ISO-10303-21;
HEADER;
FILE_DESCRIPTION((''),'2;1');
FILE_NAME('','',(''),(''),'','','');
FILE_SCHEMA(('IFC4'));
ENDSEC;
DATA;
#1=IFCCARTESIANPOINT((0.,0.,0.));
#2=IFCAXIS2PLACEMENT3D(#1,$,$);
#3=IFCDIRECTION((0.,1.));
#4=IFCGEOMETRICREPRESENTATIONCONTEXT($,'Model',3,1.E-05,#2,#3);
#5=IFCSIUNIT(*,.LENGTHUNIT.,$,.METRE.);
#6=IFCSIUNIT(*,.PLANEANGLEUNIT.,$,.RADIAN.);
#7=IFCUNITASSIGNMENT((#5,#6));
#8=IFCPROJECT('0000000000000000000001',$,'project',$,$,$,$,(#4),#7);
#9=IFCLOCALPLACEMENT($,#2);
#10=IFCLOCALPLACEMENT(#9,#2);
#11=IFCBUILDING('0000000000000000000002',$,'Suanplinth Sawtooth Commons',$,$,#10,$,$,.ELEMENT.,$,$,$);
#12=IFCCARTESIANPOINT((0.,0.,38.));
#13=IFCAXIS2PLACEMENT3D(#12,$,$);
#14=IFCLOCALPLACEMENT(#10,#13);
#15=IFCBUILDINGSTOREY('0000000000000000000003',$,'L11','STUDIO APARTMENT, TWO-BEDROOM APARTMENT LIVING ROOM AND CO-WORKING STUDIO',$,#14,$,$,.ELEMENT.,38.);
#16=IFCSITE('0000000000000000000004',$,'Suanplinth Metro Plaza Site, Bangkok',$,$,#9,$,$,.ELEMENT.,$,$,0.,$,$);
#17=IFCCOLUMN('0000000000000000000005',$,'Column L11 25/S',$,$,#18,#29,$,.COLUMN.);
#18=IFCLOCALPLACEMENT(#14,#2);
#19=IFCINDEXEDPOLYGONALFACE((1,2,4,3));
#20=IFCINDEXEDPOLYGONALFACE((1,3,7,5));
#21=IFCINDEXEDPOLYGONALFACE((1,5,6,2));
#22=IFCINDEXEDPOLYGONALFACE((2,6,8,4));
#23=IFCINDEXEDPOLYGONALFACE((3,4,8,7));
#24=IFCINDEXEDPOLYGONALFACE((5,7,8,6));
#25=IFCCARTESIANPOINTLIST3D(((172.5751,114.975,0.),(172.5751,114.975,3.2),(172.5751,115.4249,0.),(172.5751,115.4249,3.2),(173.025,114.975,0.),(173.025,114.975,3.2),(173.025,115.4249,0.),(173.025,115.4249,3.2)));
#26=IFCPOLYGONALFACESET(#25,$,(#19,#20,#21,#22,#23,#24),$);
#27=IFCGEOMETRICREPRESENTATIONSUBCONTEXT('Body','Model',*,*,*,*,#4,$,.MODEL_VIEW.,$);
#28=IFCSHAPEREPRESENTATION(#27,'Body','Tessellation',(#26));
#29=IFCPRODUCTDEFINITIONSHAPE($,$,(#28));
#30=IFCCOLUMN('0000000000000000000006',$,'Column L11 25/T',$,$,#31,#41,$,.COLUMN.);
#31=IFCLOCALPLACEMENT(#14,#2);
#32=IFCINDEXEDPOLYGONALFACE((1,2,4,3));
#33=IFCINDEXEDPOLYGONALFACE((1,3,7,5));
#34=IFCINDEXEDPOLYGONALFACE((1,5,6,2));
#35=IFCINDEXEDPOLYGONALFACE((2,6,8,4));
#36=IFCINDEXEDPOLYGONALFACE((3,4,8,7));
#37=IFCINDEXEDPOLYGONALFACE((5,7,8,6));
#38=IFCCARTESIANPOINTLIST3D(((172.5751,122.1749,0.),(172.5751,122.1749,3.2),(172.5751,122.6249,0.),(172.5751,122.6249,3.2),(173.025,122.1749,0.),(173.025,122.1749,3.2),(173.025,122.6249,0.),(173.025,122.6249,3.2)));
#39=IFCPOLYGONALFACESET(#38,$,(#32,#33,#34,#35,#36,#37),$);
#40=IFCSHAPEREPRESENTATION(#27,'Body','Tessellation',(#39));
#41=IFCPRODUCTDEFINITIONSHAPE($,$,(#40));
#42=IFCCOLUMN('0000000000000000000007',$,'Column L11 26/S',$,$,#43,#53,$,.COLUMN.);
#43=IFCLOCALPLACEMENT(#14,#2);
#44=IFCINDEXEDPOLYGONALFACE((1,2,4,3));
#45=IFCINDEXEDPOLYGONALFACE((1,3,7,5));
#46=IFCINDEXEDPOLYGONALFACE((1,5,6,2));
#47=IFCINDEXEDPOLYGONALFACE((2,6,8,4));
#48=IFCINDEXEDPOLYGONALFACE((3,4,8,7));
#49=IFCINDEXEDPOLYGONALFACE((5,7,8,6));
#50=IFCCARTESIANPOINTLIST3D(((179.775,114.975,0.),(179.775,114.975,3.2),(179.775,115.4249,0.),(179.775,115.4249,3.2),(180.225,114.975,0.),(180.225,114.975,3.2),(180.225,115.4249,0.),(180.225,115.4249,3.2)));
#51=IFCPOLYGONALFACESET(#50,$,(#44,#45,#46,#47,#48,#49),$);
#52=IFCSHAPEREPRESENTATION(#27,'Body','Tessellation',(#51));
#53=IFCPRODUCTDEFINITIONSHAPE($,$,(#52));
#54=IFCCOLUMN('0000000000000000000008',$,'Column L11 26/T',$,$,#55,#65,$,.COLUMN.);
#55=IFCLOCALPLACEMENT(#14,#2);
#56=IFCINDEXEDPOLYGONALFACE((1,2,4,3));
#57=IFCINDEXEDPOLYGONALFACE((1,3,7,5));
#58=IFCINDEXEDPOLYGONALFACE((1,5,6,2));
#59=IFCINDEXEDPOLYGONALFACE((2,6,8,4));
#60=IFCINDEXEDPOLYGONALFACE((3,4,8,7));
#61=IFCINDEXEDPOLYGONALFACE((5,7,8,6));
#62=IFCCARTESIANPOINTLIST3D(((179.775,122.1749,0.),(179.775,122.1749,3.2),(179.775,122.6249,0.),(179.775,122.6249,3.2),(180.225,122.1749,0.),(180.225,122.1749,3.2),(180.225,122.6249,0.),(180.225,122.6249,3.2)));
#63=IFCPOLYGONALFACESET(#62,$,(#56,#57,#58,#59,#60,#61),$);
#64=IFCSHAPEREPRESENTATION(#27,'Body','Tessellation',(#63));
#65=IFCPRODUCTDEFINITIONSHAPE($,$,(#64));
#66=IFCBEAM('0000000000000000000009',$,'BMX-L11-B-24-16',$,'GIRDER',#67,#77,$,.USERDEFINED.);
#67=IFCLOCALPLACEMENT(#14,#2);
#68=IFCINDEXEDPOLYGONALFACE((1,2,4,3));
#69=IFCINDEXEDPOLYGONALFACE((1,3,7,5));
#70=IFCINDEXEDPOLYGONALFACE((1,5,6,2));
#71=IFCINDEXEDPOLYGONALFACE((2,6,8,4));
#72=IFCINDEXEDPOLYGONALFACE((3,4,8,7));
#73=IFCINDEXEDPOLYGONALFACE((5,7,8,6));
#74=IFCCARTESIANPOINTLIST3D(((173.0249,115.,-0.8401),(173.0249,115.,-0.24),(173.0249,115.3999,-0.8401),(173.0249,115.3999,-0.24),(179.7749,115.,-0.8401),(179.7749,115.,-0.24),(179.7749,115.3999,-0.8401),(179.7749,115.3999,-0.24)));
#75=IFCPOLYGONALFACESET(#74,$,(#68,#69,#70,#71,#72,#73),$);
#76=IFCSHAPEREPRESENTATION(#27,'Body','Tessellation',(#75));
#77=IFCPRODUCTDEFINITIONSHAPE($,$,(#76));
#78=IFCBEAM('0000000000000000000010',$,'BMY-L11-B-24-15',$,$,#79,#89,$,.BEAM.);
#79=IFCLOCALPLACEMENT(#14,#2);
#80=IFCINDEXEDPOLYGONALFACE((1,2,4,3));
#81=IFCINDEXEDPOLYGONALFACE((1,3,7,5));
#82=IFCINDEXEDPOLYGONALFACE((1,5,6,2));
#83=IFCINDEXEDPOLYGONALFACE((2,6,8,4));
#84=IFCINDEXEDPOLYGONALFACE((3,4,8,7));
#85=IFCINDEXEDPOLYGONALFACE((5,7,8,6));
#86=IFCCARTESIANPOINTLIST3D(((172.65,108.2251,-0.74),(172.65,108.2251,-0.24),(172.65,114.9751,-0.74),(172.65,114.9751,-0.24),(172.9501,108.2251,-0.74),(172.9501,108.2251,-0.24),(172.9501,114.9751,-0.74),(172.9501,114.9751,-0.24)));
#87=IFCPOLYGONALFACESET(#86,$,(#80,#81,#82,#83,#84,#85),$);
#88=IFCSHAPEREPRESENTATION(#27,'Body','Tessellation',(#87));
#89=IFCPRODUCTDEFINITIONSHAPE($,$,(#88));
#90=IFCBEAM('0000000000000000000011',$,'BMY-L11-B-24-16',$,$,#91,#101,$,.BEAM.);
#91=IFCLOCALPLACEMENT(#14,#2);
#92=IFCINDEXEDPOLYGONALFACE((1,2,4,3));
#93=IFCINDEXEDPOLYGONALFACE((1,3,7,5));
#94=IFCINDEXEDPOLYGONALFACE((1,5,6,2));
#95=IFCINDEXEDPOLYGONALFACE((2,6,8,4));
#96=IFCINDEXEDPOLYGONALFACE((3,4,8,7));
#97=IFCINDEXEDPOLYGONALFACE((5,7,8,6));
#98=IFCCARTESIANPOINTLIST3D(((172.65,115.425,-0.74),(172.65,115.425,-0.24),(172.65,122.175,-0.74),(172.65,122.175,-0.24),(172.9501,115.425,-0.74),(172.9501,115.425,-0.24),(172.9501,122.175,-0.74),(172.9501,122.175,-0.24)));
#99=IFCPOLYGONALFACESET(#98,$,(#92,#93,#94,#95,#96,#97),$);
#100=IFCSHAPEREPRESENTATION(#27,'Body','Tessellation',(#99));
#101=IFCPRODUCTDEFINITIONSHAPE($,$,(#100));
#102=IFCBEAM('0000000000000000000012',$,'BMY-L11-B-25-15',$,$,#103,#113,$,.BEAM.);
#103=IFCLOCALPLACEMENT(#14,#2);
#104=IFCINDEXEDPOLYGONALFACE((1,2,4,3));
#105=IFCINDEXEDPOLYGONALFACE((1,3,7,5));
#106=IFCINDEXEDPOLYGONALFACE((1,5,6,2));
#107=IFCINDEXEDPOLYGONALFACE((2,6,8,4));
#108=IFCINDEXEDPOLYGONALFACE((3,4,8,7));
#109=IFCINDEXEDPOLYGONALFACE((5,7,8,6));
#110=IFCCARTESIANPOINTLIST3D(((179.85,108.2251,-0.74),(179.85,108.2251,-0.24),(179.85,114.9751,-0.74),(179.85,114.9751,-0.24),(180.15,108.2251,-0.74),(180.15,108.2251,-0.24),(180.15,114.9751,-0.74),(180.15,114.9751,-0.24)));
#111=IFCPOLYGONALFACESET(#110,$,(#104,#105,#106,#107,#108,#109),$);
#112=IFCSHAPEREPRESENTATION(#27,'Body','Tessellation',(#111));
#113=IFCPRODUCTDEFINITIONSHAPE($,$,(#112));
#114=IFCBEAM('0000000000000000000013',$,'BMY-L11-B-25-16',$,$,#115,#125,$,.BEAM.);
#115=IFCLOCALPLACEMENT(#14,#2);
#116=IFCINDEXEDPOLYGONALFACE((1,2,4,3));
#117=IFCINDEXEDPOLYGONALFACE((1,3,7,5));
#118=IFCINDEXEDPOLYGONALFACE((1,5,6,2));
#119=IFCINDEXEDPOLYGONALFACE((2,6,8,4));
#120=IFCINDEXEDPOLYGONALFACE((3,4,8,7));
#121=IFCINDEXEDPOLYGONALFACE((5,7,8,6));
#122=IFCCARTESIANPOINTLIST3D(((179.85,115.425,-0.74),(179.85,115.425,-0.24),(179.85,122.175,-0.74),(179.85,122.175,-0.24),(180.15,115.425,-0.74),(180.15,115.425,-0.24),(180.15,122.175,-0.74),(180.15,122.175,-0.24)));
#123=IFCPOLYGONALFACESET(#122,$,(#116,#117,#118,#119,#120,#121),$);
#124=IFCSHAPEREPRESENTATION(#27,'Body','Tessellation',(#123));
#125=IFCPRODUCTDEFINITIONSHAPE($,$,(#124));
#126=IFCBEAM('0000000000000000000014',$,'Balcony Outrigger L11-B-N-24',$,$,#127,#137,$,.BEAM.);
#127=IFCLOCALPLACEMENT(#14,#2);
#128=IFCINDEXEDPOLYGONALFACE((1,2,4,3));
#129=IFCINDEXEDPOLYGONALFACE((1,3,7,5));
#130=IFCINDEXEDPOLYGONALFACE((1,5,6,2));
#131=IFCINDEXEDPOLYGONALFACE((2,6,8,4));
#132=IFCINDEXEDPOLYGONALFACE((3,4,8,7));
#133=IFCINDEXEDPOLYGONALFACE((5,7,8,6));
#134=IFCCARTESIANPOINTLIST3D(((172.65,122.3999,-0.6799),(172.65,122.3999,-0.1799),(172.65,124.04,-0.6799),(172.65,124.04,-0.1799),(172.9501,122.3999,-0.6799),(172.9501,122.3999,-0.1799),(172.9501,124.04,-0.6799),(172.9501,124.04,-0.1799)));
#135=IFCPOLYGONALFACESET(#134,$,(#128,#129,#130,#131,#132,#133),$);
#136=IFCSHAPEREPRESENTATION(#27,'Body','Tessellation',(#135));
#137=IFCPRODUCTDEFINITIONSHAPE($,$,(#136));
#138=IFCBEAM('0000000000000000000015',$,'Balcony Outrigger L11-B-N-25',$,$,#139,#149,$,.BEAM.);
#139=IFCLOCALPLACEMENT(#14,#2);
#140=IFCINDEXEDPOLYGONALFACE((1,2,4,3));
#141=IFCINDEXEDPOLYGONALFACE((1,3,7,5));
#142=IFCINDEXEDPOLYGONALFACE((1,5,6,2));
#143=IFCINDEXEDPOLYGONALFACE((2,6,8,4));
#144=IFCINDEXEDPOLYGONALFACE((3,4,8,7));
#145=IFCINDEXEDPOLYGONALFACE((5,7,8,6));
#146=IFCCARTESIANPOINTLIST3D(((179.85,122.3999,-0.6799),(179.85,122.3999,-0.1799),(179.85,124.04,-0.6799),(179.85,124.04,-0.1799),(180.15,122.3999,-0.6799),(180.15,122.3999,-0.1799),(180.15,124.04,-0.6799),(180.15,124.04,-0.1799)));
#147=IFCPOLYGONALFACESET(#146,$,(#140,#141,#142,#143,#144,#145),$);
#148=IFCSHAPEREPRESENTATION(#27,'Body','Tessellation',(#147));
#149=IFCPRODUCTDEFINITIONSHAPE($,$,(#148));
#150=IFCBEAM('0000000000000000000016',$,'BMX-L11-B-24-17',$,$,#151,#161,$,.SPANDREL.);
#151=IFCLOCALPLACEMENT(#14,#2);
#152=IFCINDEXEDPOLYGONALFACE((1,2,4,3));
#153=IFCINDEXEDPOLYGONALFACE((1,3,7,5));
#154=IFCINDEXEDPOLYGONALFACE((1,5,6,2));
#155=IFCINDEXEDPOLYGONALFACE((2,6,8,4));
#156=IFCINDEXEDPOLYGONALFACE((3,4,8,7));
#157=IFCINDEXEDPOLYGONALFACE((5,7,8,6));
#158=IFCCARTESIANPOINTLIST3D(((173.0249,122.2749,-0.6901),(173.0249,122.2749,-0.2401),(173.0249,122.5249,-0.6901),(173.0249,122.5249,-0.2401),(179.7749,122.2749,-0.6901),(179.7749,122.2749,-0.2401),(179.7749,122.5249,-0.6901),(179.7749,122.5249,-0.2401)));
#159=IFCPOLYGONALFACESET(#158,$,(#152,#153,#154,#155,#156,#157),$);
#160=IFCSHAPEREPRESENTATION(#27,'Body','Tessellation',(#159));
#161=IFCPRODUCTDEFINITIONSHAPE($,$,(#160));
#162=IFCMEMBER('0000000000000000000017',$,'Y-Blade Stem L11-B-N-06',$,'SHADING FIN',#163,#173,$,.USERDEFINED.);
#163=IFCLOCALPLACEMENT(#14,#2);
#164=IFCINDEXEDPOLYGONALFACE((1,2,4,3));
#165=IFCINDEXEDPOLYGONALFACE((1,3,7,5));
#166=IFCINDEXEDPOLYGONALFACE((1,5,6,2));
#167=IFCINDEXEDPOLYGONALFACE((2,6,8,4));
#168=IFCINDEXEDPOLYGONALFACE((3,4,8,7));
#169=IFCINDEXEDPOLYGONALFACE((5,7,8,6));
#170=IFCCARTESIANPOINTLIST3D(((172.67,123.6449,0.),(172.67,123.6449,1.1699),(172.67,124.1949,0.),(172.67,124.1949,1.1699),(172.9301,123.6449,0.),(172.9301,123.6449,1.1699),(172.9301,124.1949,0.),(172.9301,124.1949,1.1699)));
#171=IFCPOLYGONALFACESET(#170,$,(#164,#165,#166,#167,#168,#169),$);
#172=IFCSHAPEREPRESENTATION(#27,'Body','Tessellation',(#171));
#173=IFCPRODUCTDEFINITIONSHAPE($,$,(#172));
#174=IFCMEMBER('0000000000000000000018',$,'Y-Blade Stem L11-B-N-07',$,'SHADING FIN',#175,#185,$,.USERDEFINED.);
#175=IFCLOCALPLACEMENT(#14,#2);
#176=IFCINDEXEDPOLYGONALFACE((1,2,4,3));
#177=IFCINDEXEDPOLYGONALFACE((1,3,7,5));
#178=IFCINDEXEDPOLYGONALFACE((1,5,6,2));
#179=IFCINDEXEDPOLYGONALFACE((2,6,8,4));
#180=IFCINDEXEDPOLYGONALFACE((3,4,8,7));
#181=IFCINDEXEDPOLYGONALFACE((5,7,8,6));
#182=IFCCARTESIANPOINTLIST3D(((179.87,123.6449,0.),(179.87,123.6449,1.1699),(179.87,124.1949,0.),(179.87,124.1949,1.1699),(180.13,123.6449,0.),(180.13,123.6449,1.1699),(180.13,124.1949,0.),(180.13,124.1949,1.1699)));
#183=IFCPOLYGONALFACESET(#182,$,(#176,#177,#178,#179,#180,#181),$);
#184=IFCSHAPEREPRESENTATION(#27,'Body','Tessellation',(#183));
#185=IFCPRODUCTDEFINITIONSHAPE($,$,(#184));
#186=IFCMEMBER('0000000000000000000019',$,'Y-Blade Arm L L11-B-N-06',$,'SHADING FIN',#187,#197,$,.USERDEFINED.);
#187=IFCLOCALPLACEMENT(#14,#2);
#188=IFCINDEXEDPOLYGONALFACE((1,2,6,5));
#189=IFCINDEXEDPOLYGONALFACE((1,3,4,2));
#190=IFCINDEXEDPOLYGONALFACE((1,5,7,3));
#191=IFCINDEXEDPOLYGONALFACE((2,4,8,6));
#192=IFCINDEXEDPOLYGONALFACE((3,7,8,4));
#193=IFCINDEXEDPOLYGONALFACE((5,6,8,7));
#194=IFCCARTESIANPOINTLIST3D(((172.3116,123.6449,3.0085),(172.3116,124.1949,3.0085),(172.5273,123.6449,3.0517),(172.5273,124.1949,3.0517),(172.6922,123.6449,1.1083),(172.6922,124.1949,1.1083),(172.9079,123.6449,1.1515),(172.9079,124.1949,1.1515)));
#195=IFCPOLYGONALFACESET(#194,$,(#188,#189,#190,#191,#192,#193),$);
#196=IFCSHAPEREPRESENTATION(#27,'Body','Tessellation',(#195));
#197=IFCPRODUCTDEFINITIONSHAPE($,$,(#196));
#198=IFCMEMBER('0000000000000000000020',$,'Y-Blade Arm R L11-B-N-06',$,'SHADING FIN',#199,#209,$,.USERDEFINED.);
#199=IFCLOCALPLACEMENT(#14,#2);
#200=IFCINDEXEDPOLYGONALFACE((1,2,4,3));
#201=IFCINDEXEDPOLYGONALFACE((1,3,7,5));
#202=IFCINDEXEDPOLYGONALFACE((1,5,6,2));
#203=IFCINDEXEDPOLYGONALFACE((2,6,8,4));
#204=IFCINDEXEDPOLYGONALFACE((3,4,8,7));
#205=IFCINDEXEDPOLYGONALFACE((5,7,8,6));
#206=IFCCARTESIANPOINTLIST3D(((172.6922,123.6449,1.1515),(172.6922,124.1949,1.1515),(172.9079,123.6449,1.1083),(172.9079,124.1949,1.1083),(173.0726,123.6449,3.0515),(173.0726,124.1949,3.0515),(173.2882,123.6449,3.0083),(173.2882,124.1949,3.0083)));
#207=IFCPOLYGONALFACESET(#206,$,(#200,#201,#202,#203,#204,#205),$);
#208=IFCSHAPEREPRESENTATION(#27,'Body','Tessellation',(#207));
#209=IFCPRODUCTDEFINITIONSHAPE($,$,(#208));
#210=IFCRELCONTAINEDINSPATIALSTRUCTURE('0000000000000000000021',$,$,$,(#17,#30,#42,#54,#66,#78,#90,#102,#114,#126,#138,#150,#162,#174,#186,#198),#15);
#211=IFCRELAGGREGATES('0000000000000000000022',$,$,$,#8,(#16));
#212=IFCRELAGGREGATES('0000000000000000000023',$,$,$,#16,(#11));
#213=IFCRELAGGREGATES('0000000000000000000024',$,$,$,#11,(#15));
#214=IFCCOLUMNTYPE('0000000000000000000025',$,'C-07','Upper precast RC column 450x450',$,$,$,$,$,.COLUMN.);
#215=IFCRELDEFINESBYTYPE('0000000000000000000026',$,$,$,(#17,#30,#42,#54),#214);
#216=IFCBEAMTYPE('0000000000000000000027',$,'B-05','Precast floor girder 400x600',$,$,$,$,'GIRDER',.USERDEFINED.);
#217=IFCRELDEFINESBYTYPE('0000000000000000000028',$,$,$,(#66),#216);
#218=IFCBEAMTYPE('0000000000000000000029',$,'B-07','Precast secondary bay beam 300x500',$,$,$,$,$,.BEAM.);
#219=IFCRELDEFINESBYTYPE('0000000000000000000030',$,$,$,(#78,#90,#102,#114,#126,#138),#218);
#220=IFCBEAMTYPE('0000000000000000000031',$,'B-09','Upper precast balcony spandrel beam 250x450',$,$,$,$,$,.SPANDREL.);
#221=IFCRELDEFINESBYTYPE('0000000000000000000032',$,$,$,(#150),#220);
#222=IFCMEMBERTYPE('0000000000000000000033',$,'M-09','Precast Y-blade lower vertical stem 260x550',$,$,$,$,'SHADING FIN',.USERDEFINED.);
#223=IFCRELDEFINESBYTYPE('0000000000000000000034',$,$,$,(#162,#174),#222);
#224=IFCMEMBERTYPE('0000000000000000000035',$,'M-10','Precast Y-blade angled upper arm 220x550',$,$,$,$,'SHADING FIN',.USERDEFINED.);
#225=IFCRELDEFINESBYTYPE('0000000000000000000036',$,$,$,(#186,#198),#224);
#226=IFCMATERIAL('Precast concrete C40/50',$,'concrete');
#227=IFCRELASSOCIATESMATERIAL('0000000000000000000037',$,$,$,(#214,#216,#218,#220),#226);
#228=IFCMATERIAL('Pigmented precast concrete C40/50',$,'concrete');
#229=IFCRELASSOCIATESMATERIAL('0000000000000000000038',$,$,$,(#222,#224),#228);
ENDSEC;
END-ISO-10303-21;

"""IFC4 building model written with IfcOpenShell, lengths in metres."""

from ifc_helpers import new_model, si_unit, direction, frame, origin, origin_2d, place, context, subcontext, project, spatial, rectangle, extrude, material, material_profile, profile_set, type_object, element, save


model = new_model("IFC4")

# Units and contexts
model_context = context("Model", 3, precision=1e-05, world=origin(), true_north=direction((0.0, 1.0)))
body_context = subcontext(model_context, "Body", "Model", "MODEL_VIEW")
ifc_project = project(units=[si_unit("LENGTHUNIT", "METRE"), si_unit("PLANEANGLEUNIT", "RADIAN")], contexts=[model_context])

# Site, building, storey
site_placement = place(None, origin())
site = spatial("IfcSite", under=ifc_project, at=site_placement, Name="Suanplinth Metro Plaza Site, Bangkok", CompositionType="ELEMENT", RefElevation=0.0)
building_placement = place(site_placement, origin())
building = spatial("IfcBuilding", under=site, at=building_placement, Name="Suanplinth Sawtooth Commons", CompositionType="ELEMENT")
storey_placement = place(building_placement, frame((0.0, 0.0, 38.0)))
storey = spatial("IfcBuildingStorey", under=building, at=storey_placement, Name="L11", Description="STUDIO APARTMENT, TWO-BEDROOM APARTMENT LIVING ROOM AND CO-WORKING STUDIO", CompositionType="ELEMENT", Elevation=38.0)

# Columns
ifc_material_1 = material(Name="Precast concrete C40/50", Category="concrete")
ifc_material_profile_1 = material_profile(ifc_material_1, rectangle(XDim=0.45, YDim=0.45, at=origin_2d()), Name="PC-COL 450x450")
ifc_profile_set_1 = profile_set([ifc_material_profile_1], Name="Precast concrete C40/50")
column_type = type_object("IfcColumnType", Name="C-07", Description="Upper precast RC column 450x450", PredefinedType="COLUMN", material=ifc_profile_set_1)
for number, where, z_axis, x_axis, name in (
    (1, (172.8, 115.2, 0.0), (0.0, 0.0, 1.0), (1.0, 0.0, 0.0), "Column L11 25/S"),
    (2, (172.8, 122.3999, 0.0), (0.0, 0.0, 1.0), (1.0, 0.0, 0.0), "Column L11 25/T"),
    (3, (180.0, 115.2, 0.0), (0.0, 0.0, 1.0), (1.0, 0.0, 0.0), "Column L11 26/S"),
    (4, (180.0, 122.3999, 0.0), (0.0, 0.0, 1.0), (1.0, 0.0, 0.0), "Column L11 26/T"),
):
    element("IfcColumn", number, at=place(storey_placement, frame(where, z_axis=z_axis, x_axis=x_axis)), inside=storey, type_object=column_type, Name=name, PredefinedType="COLUMN", context=body_context, shape_type="SweptSolid", body=[
        extrude(rectangle(XDim=0.45, YDim=0.45, at=origin_2d()), origin(), (0.0, 0.0, 1.0), 3.2),
    ])

# Beams
ifc_material_profile_2 = material_profile(ifc_material_1, rectangle(XDim=0.3999, YDim=0.6001, at=origin_2d()), Name="PC-GDR 400x600")
ifc_profile_set_2 = profile_set([ifc_material_profile_2], Name="Precast concrete C40/50")
beam_type_1 = type_object("IfcBeamType", Name="B-05", Description="Precast floor girder 400x600", ElementType="GIRDER", PredefinedType="USERDEFINED", material=ifc_profile_set_2)
beam_1_placement = place(storey_placement, frame((173.0249, 115.2, -0.54), z_axis=(1.0, 0.0, 0.0), x_axis=(0.0, 1.0, 0.0)))
element("IfcBeam", 5, at=beam_1_placement, inside=storey, type_object=beam_type_1, Name="BMX-L11-B-24-16", ObjectType="GIRDER", PredefinedType="USERDEFINED", context=body_context, shape_type="SweptSolid", body=[
    extrude(rectangle(XDim=0.3999, YDim=0.6001, at=origin_2d()), origin(), (0.0, 0.0, 1.0), 6.75),
])
ifc_material_profile_3 = material_profile(ifc_material_1, rectangle(XDim=0.3, YDim=0.5, at=origin_2d()), Name="PC-BM 300x500")
ifc_profile_set_3 = profile_set([ifc_material_profile_3], Name="Precast concrete C40/50")
beam_type_2 = type_object("IfcBeamType", Name="B-07", Description="Precast secondary bay beam 300x500", PredefinedType="BEAM", material=ifc_profile_set_3)
for number, where, z_axis, x_axis, name in (
    (6, (172.8, 108.2251, -0.49), (0.0, 1.0, 0.0), (-1.0, 0.0, 0.0), "BMY-L11-B-24-15"),
    (7, (172.8, 115.425, -0.49), (0.0, 1.0, 0.0), (-1.0, 0.0, 0.0), "BMY-L11-B-24-16"),
    (8, (180.0, 108.2251, -0.49), (0.0, 1.0, 0.0), (-1.0, 0.0, 0.0), "BMY-L11-B-25-15"),
    (9, (180.0, 115.425, -0.49), (0.0, 1.0, 0.0), (-1.0, 0.0, 0.0), "BMY-L11-B-25-16"),
):
    element("IfcBeam", number, at=place(storey_placement, frame(where, z_axis=z_axis, x_axis=x_axis)), inside=storey, type_object=beam_type_2, Name=name, PredefinedType="BEAM", context=body_context, shape_type="SweptSolid", body=[
        extrude(rectangle(XDim=0.3, YDim=0.5, at=origin_2d()), origin(), (0.0, 0.0, 1.0), 6.75),
    ])
for number, where, z_axis, x_axis, name in (
    (10, (172.8, 122.3999, -0.4299), (0.0, 1.0, 0.0), (-1.0, 0.0, 0.0), "Balcony Outrigger L11-B-N-24"),
    (11, (180.0, 122.3999, -0.4299), (0.0, 1.0, 0.0), (-1.0, 0.0, 0.0), "Balcony Outrigger L11-B-N-25"),
):
    element("IfcBeam", number, at=place(storey_placement, frame(where, z_axis=z_axis, x_axis=x_axis)), inside=storey, type_object=beam_type_2, Name=name, PredefinedType="BEAM", context=body_context, shape_type="SweptSolid", body=[
        extrude(rectangle(XDim=0.3, YDim=0.5, at=origin_2d()), origin(), (0.0, 0.0, 1.0), 1.6401),
    ])
ifc_material_profile_4 = material_profile(ifc_material_1, rectangle(XDim=0.25, YDim=0.45, at=origin_2d()), Name="PC-SP 250x450")
ifc_profile_set_4 = profile_set([ifc_material_profile_4], Name="Precast concrete C40/50")
beam_type_3 = type_object("IfcBeamType", Name="B-09", Description="Upper precast balcony spandrel beam 250x450", PredefinedType="SPANDREL", material=ifc_profile_set_4)
beam_2_placement = place(storey_placement, frame((173.0249, 122.3999, -0.4651), z_axis=(1.0, 0.0, 0.0), x_axis=(0.0, 1.0, 0.0)))
element("IfcBeam", 12, at=beam_2_placement, inside=storey, type_object=beam_type_3, Name="BMX-L11-B-24-17", PredefinedType="SPANDREL", context=body_context, shape_type="SweptSolid", body=[
    extrude(rectangle(XDim=0.25, YDim=0.45, at=origin_2d()), origin(), (0.0, 0.0, 1.0), 6.75),
])

# Members
ifc_material_2 = material(Name="Pigmented precast concrete C40/50", Category="concrete")
ifc_material_profile_5 = material_profile(ifc_material_2, rectangle(XDim=0.26, YDim=0.55, at=origin_2d()), Name="PC-FIN 260x550")
ifc_profile_set_5 = profile_set([ifc_material_profile_5], Name="Pigmented precast concrete C40/50")
member_type_1 = type_object("IfcMemberType", Name="M-09", Description="Precast Y-blade lower vertical stem 260x550", ElementType="SHADING FIN", PredefinedType="USERDEFINED", material=ifc_profile_set_5)
for number, where, z_axis, x_axis, name in (
    (13, (172.8, 123.9199, 0.0), (0.0, 0.0, 1.0), (1.0, 0.0, 0.0), "Y-Blade Stem L11-B-N-06"),
    (14, (180.0, 123.9199, 0.0), (0.0, 0.0, 1.0), (1.0, 0.0, 0.0), "Y-Blade Stem L11-B-N-07"),
):
    element("IfcMember", number, at=place(storey_placement, frame(where, z_axis=z_axis, x_axis=x_axis)), inside=storey, type_object=member_type_1, Name=name, ObjectType="SHADING FIN", PredefinedType="USERDEFINED", context=body_context, shape_type="SweptSolid", body=[
        extrude(rectangle(XDim=0.26, YDim=0.55, at=origin_2d()), origin(), (0.0, 0.0, 1.0), 1.1699),
    ])
ifc_material_profile_6 = material_profile(ifc_material_2, rectangle(XDim=0.22, YDim=0.55, at=origin_2d()), Name="PC-FIN 220x550")
ifc_profile_set_6 = profile_set([ifc_material_profile_6], Name="Pigmented precast concrete C40/50")
member_type_2 = type_object("IfcMemberType", Name="M-10", Description="Precast Y-blade angled upper arm 220x550", ElementType="SHADING FIN", PredefinedType="USERDEFINED", material=ifc_profile_set_6)
member_1_placement = place(storey_placement, frame((172.8, 123.9199, 1.1299), z_axis=(-0.196407, 0.0, 0.980522), x_axis=(0.980522, 0.0, 0.196407)))
element("IfcMember", 15, at=member_1_placement, inside=storey, type_object=member_type_2, Name="Y-Blade Arm L L11-B-N-06", ObjectType="SHADING FIN", PredefinedType="USERDEFINED", context=body_context, shape_type="SweptSolid", body=[
    extrude(rectangle(XDim=0.22, YDim=0.55, at=origin_2d()), origin(), (0.0, 0.0, 1.0), 1.938),
])
member_2_placement = place(storey_placement, frame((172.8, 123.9199, 1.1299), z_axis=(0.196286, 0.0, 0.980547), x_axis=(-0.980547, 0.0, 0.196286)))
element("IfcMember", 16, at=member_2_placement, inside=storey, type_object=member_type_2, Name="Y-Blade Arm R L11-B-N-06", ObjectType="SHADING FIN", PredefinedType="USERDEFINED", context=body_context, shape_type="SweptSolid", body=[
    extrude(rectangle(XDim=0.22, YDim=0.55, at=origin_2d()), origin(), (0.0, 0.0, 1.0), 1.9377),
])

save(model, "model.ifc")
